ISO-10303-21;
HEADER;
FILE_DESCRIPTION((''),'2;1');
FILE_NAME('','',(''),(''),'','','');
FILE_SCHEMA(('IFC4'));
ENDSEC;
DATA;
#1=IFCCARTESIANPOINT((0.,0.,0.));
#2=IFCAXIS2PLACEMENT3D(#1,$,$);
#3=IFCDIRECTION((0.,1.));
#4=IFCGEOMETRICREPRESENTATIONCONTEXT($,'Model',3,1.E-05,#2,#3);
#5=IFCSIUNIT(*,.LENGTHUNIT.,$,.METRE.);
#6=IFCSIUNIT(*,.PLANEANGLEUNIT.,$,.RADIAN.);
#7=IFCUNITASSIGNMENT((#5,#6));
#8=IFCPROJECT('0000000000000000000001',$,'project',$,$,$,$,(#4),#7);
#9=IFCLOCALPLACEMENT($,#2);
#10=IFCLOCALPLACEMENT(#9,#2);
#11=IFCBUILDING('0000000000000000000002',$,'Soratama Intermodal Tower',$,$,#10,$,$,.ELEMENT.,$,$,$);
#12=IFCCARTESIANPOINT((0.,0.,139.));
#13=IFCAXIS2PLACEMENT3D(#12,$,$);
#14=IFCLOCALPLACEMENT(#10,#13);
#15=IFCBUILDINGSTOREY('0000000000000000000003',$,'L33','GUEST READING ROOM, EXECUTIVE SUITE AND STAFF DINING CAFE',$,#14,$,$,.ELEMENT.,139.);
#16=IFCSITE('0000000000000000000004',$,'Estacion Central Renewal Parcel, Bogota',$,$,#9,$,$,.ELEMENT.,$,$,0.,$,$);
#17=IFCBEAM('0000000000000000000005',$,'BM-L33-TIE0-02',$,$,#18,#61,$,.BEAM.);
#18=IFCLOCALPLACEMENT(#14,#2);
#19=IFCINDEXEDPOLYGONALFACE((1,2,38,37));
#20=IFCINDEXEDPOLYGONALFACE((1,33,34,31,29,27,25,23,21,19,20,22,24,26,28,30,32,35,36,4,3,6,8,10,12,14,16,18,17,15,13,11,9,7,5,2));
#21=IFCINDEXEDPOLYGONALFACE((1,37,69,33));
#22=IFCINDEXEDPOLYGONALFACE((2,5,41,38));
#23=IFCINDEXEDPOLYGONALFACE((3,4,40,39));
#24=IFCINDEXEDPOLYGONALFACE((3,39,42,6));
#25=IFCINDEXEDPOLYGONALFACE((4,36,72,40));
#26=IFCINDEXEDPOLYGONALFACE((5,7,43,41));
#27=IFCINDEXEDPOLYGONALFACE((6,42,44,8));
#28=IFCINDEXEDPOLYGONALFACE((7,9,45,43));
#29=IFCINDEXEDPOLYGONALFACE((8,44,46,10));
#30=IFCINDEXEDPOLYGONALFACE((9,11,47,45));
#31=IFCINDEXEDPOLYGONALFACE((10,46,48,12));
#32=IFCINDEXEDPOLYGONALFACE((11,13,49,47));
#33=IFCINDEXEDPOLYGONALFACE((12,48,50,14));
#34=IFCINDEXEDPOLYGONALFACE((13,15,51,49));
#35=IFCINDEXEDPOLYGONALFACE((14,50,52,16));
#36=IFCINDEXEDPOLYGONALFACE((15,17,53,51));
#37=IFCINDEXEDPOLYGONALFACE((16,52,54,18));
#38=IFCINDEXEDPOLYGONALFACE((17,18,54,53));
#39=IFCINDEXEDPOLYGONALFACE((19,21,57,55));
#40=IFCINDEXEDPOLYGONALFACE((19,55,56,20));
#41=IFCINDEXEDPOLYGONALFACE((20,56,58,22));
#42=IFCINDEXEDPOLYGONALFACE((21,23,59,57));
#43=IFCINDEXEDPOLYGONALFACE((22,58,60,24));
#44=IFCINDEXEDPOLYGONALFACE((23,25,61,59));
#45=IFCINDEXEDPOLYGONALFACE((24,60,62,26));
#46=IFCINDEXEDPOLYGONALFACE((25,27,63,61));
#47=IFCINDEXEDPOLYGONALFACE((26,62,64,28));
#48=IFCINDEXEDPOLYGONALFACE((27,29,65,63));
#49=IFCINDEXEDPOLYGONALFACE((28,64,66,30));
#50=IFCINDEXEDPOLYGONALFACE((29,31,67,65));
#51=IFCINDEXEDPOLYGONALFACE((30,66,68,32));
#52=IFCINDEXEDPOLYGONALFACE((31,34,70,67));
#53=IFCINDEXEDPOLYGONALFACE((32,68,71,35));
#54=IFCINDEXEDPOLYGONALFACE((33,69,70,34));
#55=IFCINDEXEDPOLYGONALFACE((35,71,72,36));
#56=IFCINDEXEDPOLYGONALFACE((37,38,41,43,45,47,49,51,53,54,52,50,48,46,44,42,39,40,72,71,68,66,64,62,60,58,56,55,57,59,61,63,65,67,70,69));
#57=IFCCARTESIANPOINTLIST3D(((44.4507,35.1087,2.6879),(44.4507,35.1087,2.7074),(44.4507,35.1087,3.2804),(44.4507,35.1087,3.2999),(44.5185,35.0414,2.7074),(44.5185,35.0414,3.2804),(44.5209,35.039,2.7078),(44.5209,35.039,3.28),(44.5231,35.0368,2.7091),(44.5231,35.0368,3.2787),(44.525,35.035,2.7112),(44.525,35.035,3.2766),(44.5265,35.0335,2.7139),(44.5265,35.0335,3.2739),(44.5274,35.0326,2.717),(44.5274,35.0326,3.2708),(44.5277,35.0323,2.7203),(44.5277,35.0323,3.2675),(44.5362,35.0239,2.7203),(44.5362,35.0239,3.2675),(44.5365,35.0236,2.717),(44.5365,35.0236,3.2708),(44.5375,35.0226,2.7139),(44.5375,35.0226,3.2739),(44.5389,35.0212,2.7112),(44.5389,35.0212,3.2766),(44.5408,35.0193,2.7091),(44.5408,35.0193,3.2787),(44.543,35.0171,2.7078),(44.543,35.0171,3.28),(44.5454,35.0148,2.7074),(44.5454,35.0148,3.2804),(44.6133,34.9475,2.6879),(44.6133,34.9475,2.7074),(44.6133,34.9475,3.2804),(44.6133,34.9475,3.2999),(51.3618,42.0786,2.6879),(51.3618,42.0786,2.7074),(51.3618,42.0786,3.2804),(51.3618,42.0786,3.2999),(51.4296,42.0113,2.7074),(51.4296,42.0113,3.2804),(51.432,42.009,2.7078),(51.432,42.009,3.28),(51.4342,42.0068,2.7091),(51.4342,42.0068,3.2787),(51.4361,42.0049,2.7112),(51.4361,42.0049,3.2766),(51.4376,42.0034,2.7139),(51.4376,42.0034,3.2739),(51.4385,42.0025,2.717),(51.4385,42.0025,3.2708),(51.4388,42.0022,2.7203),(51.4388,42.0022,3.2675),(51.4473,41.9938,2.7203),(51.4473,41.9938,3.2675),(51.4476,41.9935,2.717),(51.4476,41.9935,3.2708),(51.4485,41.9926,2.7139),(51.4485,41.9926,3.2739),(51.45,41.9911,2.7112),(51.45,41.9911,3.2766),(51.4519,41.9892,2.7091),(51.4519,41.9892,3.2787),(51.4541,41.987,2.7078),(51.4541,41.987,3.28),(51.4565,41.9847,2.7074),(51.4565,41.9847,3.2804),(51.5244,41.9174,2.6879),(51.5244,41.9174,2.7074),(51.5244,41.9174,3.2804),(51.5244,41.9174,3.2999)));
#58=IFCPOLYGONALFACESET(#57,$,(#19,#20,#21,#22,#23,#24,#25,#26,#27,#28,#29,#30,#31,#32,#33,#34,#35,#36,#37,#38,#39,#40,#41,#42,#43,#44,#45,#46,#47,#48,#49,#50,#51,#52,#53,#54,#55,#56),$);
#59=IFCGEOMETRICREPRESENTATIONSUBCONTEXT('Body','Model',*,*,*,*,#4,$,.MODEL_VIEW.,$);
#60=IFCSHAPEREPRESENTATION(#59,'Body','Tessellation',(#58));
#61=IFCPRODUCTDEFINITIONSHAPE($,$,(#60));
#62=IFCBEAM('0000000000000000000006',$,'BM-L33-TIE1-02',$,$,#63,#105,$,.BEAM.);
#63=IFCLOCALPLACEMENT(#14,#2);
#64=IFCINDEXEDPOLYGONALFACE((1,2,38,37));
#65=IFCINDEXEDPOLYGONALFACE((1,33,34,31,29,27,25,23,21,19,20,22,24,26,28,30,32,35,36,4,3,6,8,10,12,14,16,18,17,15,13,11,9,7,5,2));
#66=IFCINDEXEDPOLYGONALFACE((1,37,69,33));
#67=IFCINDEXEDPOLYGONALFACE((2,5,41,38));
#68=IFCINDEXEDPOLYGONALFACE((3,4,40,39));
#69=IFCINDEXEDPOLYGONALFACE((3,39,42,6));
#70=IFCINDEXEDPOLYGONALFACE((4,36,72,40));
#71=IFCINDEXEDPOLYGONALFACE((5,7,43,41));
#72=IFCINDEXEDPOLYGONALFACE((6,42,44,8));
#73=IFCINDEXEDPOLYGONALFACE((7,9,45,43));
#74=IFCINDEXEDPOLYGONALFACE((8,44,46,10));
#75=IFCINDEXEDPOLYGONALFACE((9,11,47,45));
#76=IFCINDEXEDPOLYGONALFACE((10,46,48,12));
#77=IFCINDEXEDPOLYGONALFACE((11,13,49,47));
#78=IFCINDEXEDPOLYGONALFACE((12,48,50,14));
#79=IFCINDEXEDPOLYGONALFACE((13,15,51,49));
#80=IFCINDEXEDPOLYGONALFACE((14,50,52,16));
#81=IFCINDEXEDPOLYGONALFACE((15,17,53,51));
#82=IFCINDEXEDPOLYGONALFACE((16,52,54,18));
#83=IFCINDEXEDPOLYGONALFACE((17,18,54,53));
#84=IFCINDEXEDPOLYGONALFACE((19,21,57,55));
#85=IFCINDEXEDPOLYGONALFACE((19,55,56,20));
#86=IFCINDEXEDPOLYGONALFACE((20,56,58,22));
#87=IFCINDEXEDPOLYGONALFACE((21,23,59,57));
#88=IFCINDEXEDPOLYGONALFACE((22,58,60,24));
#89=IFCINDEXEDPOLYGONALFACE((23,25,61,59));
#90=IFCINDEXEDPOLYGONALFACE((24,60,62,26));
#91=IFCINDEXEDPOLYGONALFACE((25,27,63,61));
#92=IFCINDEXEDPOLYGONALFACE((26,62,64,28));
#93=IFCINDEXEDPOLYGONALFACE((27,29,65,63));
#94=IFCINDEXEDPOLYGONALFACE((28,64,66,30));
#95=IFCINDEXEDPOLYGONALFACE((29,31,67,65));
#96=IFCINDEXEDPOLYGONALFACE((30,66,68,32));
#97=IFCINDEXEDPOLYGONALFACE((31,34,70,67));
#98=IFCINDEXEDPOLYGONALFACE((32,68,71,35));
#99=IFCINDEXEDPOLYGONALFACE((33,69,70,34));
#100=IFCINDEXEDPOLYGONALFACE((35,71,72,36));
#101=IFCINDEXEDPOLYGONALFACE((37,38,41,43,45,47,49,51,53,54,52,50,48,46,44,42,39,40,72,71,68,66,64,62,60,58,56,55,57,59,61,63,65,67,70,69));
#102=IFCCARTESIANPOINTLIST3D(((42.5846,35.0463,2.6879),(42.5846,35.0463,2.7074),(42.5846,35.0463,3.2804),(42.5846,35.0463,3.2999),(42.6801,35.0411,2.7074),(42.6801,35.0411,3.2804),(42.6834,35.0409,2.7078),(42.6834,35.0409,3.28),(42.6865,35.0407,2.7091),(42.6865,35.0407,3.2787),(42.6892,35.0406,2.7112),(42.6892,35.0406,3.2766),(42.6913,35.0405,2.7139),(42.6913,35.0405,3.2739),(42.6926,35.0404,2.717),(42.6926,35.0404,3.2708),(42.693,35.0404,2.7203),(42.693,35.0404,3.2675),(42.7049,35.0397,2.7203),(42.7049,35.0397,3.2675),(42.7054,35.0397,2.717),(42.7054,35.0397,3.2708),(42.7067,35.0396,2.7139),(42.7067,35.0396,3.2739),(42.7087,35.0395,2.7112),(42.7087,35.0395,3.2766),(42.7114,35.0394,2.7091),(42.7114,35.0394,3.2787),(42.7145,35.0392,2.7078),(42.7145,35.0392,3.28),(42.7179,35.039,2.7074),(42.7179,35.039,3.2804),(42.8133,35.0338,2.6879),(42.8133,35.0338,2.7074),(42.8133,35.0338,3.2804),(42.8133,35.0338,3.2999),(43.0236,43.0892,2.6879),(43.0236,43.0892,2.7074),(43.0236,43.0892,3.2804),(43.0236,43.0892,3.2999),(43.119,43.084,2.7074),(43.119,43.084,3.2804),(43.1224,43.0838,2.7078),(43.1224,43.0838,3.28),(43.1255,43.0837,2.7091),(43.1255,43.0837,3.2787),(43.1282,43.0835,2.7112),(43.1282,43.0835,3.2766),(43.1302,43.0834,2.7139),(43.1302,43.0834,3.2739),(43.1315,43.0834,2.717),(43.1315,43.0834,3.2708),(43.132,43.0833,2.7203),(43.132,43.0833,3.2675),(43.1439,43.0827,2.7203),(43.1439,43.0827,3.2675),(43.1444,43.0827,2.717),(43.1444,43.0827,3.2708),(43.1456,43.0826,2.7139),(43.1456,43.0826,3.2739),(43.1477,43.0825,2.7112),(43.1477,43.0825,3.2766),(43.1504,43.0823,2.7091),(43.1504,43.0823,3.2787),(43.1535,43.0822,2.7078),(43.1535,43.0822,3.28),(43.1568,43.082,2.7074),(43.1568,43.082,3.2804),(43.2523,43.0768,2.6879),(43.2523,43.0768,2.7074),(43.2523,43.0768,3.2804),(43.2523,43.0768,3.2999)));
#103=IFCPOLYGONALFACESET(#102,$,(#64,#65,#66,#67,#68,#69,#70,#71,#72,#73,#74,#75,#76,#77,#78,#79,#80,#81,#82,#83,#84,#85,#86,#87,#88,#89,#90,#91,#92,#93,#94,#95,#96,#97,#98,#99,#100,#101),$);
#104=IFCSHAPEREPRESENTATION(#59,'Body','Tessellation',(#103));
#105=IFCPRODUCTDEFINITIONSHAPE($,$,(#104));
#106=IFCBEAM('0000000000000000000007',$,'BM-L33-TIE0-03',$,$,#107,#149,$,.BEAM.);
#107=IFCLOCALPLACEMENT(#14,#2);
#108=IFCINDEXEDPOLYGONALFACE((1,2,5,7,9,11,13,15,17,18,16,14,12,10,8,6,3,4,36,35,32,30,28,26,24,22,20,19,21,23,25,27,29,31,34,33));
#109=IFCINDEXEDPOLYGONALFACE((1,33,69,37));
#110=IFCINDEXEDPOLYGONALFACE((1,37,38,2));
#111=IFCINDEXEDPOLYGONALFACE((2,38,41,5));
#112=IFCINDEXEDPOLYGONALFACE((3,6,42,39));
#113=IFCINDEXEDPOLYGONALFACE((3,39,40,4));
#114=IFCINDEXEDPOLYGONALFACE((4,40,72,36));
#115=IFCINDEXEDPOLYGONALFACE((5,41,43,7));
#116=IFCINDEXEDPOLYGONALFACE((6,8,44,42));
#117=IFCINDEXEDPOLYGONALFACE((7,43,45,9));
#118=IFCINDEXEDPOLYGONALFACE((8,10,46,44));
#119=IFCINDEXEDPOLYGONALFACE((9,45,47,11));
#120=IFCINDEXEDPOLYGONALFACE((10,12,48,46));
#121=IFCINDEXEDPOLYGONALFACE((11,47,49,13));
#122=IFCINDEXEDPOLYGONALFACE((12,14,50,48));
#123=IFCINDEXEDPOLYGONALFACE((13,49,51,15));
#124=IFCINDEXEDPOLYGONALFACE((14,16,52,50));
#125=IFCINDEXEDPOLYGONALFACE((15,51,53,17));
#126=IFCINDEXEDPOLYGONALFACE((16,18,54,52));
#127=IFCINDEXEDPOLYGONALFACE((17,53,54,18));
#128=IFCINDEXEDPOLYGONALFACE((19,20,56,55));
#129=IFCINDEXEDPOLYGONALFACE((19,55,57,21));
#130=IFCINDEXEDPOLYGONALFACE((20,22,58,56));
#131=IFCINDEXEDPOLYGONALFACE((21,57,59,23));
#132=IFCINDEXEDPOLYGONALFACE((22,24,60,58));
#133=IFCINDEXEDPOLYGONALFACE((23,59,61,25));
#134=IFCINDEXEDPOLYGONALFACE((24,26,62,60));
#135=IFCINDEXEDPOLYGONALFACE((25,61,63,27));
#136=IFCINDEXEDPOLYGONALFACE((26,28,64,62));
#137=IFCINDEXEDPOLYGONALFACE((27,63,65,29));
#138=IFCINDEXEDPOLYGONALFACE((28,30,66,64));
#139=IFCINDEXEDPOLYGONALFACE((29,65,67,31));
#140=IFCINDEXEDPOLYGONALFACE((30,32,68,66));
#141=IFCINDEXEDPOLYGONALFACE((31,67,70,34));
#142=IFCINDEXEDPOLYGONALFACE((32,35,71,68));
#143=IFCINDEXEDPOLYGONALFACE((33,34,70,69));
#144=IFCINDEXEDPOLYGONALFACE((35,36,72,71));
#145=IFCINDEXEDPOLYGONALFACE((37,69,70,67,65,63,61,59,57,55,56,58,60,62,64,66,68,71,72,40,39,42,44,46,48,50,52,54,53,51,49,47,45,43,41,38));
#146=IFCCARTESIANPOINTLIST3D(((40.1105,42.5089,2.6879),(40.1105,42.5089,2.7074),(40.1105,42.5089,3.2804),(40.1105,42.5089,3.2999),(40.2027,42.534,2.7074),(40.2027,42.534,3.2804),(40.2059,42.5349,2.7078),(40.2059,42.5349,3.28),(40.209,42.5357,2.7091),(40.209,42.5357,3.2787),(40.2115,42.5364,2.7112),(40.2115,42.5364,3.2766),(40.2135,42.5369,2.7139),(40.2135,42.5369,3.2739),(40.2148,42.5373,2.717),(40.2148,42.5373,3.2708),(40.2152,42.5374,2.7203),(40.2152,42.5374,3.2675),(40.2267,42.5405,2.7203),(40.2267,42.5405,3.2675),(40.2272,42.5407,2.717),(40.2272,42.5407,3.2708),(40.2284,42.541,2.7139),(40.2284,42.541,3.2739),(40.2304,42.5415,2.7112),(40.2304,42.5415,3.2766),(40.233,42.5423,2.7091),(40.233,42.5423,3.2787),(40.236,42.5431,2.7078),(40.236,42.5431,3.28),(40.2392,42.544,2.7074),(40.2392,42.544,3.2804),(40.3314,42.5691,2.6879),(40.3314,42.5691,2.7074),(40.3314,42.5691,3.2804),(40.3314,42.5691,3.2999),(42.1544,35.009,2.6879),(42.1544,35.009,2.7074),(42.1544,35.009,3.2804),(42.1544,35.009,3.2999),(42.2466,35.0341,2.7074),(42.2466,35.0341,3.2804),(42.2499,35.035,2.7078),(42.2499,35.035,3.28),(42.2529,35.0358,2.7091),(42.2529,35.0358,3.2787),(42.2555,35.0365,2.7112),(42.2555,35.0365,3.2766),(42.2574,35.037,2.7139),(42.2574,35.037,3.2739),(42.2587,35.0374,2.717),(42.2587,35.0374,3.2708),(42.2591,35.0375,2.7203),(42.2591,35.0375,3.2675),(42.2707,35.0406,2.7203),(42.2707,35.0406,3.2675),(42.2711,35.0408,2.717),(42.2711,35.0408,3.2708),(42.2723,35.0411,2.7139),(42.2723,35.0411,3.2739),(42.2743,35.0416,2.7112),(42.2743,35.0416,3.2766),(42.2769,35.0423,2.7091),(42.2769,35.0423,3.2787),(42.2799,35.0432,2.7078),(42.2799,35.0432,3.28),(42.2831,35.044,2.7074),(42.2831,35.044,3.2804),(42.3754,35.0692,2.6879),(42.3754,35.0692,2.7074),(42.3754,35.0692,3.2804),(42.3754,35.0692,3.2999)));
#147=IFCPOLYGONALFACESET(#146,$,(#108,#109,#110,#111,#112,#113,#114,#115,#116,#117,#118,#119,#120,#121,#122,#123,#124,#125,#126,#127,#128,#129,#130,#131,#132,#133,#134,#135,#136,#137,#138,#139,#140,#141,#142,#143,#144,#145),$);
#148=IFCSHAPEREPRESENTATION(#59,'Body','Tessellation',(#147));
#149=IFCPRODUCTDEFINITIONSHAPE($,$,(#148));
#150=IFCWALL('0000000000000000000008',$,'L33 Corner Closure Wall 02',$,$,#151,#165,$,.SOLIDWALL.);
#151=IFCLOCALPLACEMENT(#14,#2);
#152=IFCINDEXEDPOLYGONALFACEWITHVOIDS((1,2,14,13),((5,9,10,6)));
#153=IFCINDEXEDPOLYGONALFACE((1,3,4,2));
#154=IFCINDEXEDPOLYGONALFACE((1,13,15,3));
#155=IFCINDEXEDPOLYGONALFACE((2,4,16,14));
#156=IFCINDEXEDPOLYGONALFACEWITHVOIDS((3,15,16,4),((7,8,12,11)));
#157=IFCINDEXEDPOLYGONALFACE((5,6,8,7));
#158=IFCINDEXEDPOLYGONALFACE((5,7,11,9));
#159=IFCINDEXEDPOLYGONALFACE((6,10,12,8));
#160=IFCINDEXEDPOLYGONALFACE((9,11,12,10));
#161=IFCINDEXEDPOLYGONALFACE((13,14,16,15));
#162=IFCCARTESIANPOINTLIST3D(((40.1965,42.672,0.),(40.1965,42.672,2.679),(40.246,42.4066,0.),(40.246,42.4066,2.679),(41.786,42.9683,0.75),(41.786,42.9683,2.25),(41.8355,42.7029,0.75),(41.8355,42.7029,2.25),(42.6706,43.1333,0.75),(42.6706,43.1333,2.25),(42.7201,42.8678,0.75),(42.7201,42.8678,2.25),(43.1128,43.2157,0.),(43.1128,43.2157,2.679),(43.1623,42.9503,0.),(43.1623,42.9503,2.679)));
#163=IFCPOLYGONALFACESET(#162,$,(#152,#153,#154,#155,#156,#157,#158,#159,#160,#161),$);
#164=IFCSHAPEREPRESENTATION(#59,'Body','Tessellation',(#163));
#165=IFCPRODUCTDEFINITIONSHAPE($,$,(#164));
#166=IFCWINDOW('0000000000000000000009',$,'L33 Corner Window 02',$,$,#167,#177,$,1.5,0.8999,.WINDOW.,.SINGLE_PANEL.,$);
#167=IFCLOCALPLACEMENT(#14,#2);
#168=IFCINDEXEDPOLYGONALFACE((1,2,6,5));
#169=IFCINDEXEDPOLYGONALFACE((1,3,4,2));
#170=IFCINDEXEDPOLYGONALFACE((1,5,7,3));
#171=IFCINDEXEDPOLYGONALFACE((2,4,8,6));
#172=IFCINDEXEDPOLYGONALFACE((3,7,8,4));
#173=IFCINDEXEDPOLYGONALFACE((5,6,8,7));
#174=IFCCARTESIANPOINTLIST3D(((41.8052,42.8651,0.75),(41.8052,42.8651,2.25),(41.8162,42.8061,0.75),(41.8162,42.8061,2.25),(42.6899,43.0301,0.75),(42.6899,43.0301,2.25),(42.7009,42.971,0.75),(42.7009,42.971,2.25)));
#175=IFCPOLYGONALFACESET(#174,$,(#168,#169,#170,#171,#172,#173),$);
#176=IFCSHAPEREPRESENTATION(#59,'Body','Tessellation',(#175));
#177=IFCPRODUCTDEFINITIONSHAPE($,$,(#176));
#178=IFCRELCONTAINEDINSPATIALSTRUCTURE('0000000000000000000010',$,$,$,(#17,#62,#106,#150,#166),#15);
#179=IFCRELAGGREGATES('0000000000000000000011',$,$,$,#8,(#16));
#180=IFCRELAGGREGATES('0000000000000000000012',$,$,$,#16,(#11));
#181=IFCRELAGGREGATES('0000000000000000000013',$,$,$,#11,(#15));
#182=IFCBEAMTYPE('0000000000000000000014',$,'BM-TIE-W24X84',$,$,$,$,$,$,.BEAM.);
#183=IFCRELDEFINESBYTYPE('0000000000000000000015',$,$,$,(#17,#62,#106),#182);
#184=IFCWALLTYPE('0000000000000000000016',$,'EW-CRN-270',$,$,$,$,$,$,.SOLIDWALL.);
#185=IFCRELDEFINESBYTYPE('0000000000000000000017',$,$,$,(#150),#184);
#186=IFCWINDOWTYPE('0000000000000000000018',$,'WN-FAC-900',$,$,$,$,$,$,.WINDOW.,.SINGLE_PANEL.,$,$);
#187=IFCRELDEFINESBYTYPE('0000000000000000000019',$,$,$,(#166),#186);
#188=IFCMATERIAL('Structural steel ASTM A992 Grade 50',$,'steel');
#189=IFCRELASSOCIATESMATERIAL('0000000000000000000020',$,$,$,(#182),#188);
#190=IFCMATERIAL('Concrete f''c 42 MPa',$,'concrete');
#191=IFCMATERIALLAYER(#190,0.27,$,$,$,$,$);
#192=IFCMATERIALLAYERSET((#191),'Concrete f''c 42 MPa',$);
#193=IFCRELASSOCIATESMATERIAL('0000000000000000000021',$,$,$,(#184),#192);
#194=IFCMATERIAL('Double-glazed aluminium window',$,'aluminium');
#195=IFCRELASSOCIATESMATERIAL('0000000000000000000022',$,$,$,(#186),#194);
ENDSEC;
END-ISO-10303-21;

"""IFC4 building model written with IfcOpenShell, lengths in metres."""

from ifc_helpers import new_model, si_unit, direction, frame, frame_2d, origin, origin_2d, place, context, subcontext, project, spatial, rectangle, i_section, extrude, material, layer, layer_set, material_profile, profile_set, type_object, element, fill, save


model = new_model("IFC4")

# Units and contexts
model_context = context("Model", 3, precision=1e-05, world=origin(), true_north=direction((0.0, 1.0)))
body_context = subcontext(model_context, "Body", "Model", "MODEL_VIEW")
ifc_project = project(units=[si_unit("LENGTHUNIT", "METRE"), si_unit("PLANEANGLEUNIT", "RADIAN")], contexts=[model_context])

# Site, building, storey
site_placement = place(None, origin())
site = spatial("IfcSite", under=ifc_project, at=site_placement, Name="Estacion Central Renewal Parcel, Bogota", CompositionType="ELEMENT", RefElevation=0.0)
building_placement = place(site_placement, origin())
building = spatial("IfcBuilding", under=site, at=building_placement, Name="Soratama Intermodal Tower", CompositionType="ELEMENT")
storey_placement = place(building_placement, frame((0.0, 0.0, 139.0)))
storey = spatial("IfcBuildingStorey", under=building, at=storey_placement, Name="L33", Description="GUEST READING ROOM, EXECUTIVE SUITE AND STAFF DINING CAFE", CompositionType="ELEMENT", Elevation=139.0)

# Beams
ifc_material_1 = material(Name="Structural steel ASTM A992 Grade 50", Category="steel")
ifc_material_profile_1 = material_profile(ifc_material_1, i_section(OverallWidth=0.229, OverallDepth=0.6121, WebThickness=0.012, FlangeThickness=0.0195, FilletRadius=0.0129, at=origin_2d()), Name="W24X84")
ifc_profile_set_1 = profile_set([ifc_material_profile_1], Name="Structural steel ASTM A992 Grade 50")
beam_type_1 = type_object("IfcBeamType", Name="BM-TIE-W24X84", PredefinedType="BEAM", material=ifc_profile_set_1)
beam_1_placement = place(storey_placement, frame((44.532, 35.0281, 2.9939), z_axis=(0.704103, 0.710098, 0.0), x_axis=(-0.710098, 0.704103, 0.0)))
element("IfcBeam", 1, at=beam_1_placement, inside=storey, type_object=beam_type_1, Name="BM-L33-TIE0-02", PredefinedType="BEAM", context=body_context, shape_type="SweptSolid", body=[
    extrude(i_section(OverallWidth=0.229, OverallDepth=0.6121, WebThickness=0.012, FlangeThickness=0.0195, FilletRadius=0.0129, at=origin_2d()), origin(), (0.0, 0.0, 1.0), 9.8154),
])
beam_2_placement = place(storey_placement, frame((42.699, 35.04, 2.9939), z_axis=(0.054496, 0.998514, 0.0), x_axis=(-0.998514, 0.054496, 0.0)))
element("IfcBeam", 2, at=beam_2_placement, inside=storey, type_object=beam_type_1, Name="BM-L33-TIE1-02", PredefinedType="BEAM", context=body_context, shape_type="SweptSolid", body=[
    extrude(i_section(OverallWidth=0.229, OverallDepth=0.6121, WebThickness=0.012, FlangeThickness=0.0195, FilletRadius=0.0129, at=origin_2d()), origin(), (0.0, 0.0, 1.0), 8.0549),
])
beam_3_placement = place(storey_placement, frame((42.2649, 35.0391, 2.9939), z_axis=(-0.262937, 0.964813, 0.0), x_axis=(-0.964813, -0.262937, 0.0)))
element("IfcBeam", 3, at=beam_3_placement, inside=storey, type_object=beam_type_1, Name="BM-L33-TIE0-03", PredefinedType="BEAM", context=body_context, shape_type="SweptSolid", body=[
    extrude(i_section(OverallWidth=0.229, OverallDepth=0.6121, WebThickness=0.012, FlangeThickness=0.0195, FilletRadius=0.0129, at=origin_2d()), origin(), (0.0, 0.0, 1.0), 7.7734),
])

# Wall, opening, window
ifc_material_2 = material(Name="Concrete f'c 42 MPa", Category="concrete")
ifc_layer_1 = layer(ifc_material_2, 0.27)
ifc_layer_set_1 = layer_set([ifc_layer_1], Name="Concrete f'c 42 MPa")
wall_type_1 = type_object("IfcWallType", Name="EW-CRN-270", PredefinedType="SOLIDWALL", material=ifc_layer_set_1)
wall_1_placement = place(storey_placement, frame((43.1377, 43.083, 0.0), z_axis=(0.0, 0.0, 1.0), x_axis=(-0.983061, -0.18328, 0.0)))
wall_1 = element("IfcWall", 4, at=wall_1_placement, inside=storey, type_object=wall_type_1, Name="L33 Corner Closure Wall 02", PredefinedType="SOLIDWALL", context=body_context, shape_type="SweptSolid", body=[
    extrude(rectangle(XDim=2.9666, YDim=0.27, at=frame_2d((1.4834, 0.0))), origin(), (0.0, 0.0, 1.0), 2.679),
])
opening_1_placement = place(wall_1_placement, frame((0.45, 0.0, 0.75)))
opening_1 = element("IfcOpeningElement", 5, at=opening_1_placement, cuts=wall_1, PredefinedType="OPENING", context=body_context, shape_type="SweptSolid", body=[
    extrude(rectangle(XDim=0.8999, YDim=1.5, at=frame_2d((0.45, 0.75))), frame((0.0, 0.145, 0.0), z_axis=(0.0, -1.0, 0.0), x_axis=(1.0, 0.0, 0.0)), (0.0, 0.0, 1.0), 0.29),
])
ifc_material_3 = material(Name="Double-glazed aluminium window", Category="aluminium")
window_type = type_object("IfcWindowType", Name="WN-FAC-900", PartitioningType="SINGLE_PANEL", PredefinedType="WINDOW", material=ifc_material_3)
window_placement = place(opening_1_placement, origin())
window = element("IfcWindow", 6, at=window_placement, inside=storey, type_object=window_type, Name="L33 Corner Window 02", OverallHeight=1.5, OverallWidth=0.8999, PartitioningType="SINGLE_PANEL", PredefinedType="WINDOW", context=body_context, shape_type="SweptSolid", body=[
    extrude(rectangle(XDim=0.8999, YDim=1.5, at=frame_2d((0.45, 0.75))), frame((0.0, 0.03, 0.0), z_axis=(0.0, -1.0, 0.0), x_axis=(1.0, 0.0, 0.0)), (0.0, 0.0, 1.0), 0.0601),
])
fill(opening_1, window)

save(model, "model.ifc")
